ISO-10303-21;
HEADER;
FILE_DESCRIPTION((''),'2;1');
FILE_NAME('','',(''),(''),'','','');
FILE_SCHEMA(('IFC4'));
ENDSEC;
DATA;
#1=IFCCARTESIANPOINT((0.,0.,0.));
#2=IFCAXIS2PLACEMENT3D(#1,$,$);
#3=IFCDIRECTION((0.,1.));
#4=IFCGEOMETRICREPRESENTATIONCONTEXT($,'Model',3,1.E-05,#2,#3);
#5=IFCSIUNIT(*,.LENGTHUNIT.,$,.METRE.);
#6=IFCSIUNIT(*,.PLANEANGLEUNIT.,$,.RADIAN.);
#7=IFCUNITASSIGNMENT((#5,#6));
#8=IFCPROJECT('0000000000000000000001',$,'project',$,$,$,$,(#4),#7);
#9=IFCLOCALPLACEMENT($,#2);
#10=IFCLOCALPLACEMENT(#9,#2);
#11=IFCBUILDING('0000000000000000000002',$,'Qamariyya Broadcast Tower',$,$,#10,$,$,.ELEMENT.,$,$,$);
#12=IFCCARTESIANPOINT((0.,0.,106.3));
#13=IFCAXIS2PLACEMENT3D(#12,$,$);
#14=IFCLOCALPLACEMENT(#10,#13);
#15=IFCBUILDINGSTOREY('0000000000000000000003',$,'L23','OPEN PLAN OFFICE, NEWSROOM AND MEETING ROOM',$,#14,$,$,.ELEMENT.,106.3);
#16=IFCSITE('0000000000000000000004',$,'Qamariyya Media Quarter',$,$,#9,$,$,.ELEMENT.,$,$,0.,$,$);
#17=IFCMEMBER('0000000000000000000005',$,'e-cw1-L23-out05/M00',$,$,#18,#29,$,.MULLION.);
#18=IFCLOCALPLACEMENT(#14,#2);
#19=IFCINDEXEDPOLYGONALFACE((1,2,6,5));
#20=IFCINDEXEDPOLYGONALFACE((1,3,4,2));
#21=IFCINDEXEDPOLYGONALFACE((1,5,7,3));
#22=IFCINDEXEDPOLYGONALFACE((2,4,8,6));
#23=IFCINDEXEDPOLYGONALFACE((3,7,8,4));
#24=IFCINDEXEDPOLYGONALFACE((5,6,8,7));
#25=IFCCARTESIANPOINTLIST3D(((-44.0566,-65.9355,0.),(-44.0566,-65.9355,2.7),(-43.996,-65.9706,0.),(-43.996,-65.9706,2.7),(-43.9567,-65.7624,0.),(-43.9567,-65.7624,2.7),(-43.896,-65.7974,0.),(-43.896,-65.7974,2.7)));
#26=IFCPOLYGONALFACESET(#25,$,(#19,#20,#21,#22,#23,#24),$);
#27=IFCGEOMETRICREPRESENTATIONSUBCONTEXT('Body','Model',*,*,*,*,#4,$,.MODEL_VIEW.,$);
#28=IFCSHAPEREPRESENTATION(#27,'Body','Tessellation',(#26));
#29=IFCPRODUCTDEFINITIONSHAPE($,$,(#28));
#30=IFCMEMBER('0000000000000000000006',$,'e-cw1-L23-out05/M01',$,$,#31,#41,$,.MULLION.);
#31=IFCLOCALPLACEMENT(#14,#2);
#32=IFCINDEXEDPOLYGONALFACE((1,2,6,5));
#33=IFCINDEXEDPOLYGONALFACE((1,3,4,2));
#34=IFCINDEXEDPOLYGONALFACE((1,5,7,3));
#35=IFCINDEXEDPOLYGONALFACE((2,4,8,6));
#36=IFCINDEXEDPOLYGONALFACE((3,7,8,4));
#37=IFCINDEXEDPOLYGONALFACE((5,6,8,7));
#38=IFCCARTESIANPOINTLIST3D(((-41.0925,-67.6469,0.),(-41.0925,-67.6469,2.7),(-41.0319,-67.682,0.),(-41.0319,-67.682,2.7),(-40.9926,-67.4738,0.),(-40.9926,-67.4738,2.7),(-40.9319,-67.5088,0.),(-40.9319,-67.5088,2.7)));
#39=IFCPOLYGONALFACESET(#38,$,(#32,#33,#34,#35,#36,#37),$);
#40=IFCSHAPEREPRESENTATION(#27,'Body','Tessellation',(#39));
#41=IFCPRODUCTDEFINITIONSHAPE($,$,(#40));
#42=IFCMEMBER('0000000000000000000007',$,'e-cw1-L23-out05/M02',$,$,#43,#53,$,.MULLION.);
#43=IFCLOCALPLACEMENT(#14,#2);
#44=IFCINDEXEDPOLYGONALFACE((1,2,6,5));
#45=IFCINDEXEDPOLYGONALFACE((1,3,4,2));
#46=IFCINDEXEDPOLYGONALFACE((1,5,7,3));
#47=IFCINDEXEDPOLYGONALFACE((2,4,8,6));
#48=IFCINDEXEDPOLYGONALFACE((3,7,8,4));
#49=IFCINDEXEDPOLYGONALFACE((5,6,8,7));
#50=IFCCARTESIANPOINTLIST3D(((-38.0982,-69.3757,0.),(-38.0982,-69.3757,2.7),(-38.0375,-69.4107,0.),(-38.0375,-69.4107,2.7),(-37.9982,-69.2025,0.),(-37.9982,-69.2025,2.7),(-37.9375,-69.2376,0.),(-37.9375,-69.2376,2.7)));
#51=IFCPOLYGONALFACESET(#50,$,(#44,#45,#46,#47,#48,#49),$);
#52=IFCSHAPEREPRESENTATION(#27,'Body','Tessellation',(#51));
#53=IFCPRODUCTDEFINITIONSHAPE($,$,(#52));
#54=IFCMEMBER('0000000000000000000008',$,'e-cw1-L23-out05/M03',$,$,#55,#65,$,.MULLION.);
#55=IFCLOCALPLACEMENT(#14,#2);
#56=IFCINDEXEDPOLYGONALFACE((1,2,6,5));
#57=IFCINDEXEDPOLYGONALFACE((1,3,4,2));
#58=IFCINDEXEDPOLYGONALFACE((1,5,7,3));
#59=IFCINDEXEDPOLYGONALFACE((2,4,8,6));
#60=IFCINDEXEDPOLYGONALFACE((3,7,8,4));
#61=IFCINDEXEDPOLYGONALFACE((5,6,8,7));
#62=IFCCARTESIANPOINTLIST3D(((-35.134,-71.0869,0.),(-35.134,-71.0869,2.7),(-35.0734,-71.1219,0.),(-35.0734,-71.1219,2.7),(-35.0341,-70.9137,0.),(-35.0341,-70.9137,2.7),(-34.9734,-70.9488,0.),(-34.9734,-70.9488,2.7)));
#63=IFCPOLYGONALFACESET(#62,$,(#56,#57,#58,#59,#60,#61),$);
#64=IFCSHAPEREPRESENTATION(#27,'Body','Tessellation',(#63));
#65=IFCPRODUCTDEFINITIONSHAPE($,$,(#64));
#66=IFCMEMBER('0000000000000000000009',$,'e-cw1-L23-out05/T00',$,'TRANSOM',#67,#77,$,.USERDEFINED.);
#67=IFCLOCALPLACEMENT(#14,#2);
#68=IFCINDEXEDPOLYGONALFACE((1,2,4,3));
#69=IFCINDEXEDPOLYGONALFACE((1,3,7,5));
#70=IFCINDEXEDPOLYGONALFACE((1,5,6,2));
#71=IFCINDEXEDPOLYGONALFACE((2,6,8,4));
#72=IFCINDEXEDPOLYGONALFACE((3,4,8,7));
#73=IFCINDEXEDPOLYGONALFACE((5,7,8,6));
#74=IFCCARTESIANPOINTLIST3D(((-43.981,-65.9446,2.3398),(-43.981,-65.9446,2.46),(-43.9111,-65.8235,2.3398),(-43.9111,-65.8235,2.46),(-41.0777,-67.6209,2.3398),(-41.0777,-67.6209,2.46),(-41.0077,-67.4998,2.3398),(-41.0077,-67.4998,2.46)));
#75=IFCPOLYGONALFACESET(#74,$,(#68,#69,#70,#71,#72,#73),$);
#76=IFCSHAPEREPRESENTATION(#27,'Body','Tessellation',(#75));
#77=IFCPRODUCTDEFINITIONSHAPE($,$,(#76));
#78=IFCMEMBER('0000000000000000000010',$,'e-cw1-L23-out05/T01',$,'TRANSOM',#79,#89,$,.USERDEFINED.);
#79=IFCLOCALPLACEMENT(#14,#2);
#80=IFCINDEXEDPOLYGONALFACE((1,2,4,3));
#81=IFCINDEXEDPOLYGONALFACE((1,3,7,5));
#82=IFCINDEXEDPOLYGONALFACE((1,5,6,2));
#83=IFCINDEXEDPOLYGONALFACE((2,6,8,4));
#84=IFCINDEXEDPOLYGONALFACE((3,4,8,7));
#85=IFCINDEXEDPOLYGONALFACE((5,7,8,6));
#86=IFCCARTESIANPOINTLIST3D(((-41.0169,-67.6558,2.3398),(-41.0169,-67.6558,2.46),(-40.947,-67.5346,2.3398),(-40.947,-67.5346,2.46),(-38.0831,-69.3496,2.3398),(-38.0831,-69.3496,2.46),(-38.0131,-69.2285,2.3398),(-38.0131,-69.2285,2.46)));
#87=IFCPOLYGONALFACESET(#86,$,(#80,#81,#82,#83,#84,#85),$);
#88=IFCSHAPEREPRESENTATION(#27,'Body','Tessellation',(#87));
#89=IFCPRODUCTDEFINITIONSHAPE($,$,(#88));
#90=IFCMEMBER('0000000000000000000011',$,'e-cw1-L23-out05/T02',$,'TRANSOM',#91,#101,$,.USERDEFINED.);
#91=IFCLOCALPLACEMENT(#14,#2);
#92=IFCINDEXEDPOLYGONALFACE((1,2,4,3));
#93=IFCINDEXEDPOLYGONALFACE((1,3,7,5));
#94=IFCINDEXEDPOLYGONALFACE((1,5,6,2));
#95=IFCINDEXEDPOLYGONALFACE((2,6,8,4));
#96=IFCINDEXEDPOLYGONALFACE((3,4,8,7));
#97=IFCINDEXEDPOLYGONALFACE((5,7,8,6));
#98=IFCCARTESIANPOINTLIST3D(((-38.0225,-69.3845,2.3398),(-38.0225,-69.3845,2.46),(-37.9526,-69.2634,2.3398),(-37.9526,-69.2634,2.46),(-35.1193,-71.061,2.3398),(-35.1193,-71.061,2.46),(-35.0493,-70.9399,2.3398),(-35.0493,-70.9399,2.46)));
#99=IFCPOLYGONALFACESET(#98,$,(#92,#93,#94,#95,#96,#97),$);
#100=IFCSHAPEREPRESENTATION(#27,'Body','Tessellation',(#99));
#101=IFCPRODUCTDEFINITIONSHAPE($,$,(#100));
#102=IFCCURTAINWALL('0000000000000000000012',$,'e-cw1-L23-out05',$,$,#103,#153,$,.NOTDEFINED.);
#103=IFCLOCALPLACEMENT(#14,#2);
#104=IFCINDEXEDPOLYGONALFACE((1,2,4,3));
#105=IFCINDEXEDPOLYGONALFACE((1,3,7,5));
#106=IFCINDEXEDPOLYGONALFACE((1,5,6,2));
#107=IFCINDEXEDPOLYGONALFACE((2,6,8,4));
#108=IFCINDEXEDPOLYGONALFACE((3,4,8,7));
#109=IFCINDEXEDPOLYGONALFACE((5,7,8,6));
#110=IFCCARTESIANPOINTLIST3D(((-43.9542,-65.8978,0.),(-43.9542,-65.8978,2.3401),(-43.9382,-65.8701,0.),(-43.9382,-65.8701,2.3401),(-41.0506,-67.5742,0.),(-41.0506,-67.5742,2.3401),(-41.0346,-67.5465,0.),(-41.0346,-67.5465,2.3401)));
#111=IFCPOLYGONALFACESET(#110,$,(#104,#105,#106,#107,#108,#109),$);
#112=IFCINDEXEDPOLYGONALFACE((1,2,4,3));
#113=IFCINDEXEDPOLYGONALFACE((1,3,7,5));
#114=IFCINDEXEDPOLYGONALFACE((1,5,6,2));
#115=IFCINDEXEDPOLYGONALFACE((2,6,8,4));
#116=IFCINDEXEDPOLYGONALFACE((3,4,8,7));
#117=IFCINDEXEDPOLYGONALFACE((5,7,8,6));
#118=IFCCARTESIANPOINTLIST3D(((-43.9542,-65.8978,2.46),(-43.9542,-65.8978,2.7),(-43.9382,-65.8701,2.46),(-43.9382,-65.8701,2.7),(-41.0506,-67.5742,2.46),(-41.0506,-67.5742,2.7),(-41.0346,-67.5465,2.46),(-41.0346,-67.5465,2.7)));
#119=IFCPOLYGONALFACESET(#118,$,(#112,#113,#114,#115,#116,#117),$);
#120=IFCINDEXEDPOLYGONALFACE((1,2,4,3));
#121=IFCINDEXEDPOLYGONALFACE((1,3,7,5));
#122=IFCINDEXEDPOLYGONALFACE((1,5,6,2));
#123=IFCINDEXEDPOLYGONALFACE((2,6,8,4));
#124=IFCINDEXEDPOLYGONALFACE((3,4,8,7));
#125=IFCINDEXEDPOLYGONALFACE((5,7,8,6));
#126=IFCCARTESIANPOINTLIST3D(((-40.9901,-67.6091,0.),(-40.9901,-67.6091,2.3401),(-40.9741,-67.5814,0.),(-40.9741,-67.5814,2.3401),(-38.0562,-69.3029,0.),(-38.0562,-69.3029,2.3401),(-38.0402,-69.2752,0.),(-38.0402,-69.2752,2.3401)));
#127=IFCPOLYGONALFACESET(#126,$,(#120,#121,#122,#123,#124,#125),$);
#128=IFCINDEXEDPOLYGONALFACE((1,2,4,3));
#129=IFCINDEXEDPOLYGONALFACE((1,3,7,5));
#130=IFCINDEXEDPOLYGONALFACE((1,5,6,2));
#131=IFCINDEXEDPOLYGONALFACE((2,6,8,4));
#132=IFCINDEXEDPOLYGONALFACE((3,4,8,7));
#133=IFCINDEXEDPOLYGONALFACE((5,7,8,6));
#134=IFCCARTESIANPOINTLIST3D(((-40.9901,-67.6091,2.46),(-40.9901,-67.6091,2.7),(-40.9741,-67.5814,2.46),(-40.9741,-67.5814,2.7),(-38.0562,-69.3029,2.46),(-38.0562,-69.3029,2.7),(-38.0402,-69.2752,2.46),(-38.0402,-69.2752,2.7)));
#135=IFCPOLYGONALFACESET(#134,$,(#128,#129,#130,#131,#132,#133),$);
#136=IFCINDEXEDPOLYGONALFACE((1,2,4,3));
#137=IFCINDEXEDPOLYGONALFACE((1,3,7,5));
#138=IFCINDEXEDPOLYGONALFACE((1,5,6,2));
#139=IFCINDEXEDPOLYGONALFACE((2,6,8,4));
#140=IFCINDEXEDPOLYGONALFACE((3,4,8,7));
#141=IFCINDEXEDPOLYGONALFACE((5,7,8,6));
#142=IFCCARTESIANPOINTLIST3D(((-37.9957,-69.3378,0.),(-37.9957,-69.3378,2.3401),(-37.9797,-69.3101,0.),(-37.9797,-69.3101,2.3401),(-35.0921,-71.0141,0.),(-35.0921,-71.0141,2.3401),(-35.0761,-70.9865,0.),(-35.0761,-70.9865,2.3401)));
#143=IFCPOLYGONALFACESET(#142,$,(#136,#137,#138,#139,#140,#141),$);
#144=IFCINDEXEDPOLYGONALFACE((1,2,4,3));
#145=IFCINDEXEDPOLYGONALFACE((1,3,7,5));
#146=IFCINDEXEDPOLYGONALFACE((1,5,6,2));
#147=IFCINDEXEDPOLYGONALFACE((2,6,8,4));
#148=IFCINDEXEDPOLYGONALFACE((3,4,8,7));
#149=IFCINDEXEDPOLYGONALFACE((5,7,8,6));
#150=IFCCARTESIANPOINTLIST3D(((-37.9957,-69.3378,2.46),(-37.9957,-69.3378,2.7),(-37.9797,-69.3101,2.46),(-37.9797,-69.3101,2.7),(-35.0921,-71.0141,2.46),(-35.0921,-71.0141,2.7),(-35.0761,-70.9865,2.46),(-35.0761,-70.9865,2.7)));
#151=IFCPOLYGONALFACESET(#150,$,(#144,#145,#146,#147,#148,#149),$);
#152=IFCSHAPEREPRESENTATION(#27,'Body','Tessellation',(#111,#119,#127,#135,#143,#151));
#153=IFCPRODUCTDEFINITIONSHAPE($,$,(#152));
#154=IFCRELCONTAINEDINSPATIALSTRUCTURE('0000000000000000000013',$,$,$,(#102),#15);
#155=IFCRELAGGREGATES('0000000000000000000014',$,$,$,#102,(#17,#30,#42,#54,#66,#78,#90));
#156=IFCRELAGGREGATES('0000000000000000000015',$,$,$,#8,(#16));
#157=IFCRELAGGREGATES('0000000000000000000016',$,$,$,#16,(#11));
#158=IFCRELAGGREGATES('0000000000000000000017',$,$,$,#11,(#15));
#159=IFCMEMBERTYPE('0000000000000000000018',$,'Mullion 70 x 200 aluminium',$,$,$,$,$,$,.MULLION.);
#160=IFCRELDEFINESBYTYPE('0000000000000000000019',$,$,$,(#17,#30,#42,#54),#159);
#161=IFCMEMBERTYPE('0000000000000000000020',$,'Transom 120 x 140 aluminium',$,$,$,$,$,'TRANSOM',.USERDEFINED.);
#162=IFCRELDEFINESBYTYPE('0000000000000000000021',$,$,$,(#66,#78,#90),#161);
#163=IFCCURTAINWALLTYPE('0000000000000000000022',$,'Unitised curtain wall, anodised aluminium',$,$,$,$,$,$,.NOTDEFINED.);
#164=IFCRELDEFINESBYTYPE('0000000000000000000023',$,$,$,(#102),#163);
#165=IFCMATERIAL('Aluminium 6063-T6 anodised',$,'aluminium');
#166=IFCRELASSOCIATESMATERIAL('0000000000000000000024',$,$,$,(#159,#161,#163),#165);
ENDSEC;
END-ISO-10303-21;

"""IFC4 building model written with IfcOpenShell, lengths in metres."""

from ifc_helpers import new_model, si_unit, direction, frame, origin, origin_2d, place, context, subcontext, project, spatial, rectangle, extrude, material, material_profile, profile_set, type_object, element, aggregate, save


model = new_model("IFC4")

# Units and contexts
model_context = context("Model", 3, precision=1e-05, world=origin(), true_north=direction((0.0, 1.0)))
body_context = subcontext(model_context, "Body", "Model", "MODEL_VIEW")
ifc_project = project(units=[si_unit("LENGTHUNIT", "METRE"), si_unit("PLANEANGLEUNIT", "RADIAN")], contexts=[model_context])

# Members
ifc_material = material(Name="Aluminium 6063-T6 anodised", Category="aluminium")
ifc_material_profile_1 = material_profile(ifc_material, rectangle(XDim=0.2, YDim=0.0701, at=origin_2d()))
ifc_profile_set_1 = profile_set([ifc_material_profile_1], Name="Aluminium 6063-T6 anodised")
member_type_1 = type_object("IfcMemberType", Name="Mullion 70 x 200 aluminium", PredefinedType="MULLION", material=ifc_profile_set_1)
site_placement = place(None, origin())
building_placement = place(site_placement, origin())
storey_placement = place(building_placement, frame((0.0, 0.0, 106.3)))
member_1_placement = place(storey_placement, frame((-43.9763, -65.8665, 0.0), z_axis=(0.0, 0.0, 1.0), x_axis=(0.5, 0.866025, 0.0)))
member_1 = element("IfcMember", 1, at=member_1_placement, type_object=member_type_1, Name="e-cw1-L23-out05/M00", PredefinedType="MULLION", context=body_context, shape_type="SweptSolid", body=[
    extrude(rectangle(XDim=0.2, YDim=0.0701, at=origin_2d()), origin(), (0.0, 0.0, 1.0), 2.7),
])
member_2_placement = place(storey_placement, frame((-41.0122, -67.5779, 0.0), z_axis=(0.0, 0.0, 1.0), x_axis=(0.5, 0.866025, 0.0)))
member_2 = element("IfcMember", 2, at=member_2_placement, type_object=member_type_1, Name="e-cw1-L23-out05/M01", PredefinedType="MULLION", context=body_context, shape_type="SweptSolid", body=[
    extrude(rectangle(XDim=0.2, YDim=0.0701, at=origin_2d()), origin(), (0.0, 0.0, 1.0), 2.7),
])
member_3_placement = place(storey_placement, frame((-38.0178, -69.3066, 0.0), z_axis=(0.0, 0.0, 1.0), x_axis=(0.5, 0.866025, 0.0)))
member_3 = element("IfcMember", 3, at=member_3_placement, type_object=member_type_1, Name="e-cw1-L23-out05/M02", PredefinedType="MULLION", context=body_context, shape_type="SweptSolid", body=[
    extrude(rectangle(XDim=0.2, YDim=0.0701, at=origin_2d()), origin(), (0.0, 0.0, 1.0), 2.7),
])
member_4_placement = place(storey_placement, frame((-35.0537, -71.0178, 0.0), z_axis=(0.0, 0.0, 1.0), x_axis=(0.5, 0.866025, 0.0)))
member_4 = element("IfcMember", 4, at=member_4_placement, type_object=member_type_1, Name="e-cw1-L23-out05/M03", PredefinedType="MULLION", context=body_context, shape_type="SweptSolid", body=[
    extrude(rectangle(XDim=0.2, YDim=0.0701, at=origin_2d()), origin(), (0.0, 0.0, 1.0), 2.7),
])
ifc_material_profile_2 = material_profile(ifc_material, rectangle(XDim=0.1399, YDim=0.1201, at=origin_2d()))
ifc_profile_set_2 = profile_set([ifc_material_profile_2], Name="Aluminium 6063-T6 anodised")
member_type_2 = type_object("IfcMemberType", Name="Transom 120 x 140 aluminium", ElementType="TRANSOM", PredefinedType="USERDEFINED", material=ifc_profile_set_2)
member_5_placement = place(storey_placement, frame((-43.946, -65.884, 2.3999), z_axis=(0.866021, -0.500008, 0.0), x_axis=(0.500008, 0.866021, 0.0)))
member_5 = element("IfcMember", 5, at=member_5_placement, type_object=member_type_2, Name="e-cw1-L23-out05/T00", ObjectType="TRANSOM", PredefinedType="USERDEFINED", context=body_context, shape_type="SweptSolid", body=[
    extrude(rectangle(XDim=0.1399, YDim=0.1201, at=origin_2d()), origin(), (0.0, 0.0, 1.0), 3.3525),
])
member_6_placement = place(storey_placement, frame((-40.9819, -67.5952, 2.3999), z_axis=(0.866026, -0.499999, 0.0), x_axis=(0.499999, 0.866026, 0.0)))
member_6 = element("IfcMember", 6, at=member_6_placement, type_object=member_type_2, Name="e-cw1-L23-out05/T01", ObjectType="TRANSOM", PredefinedType="USERDEFINED", context=body_context, shape_type="SweptSolid", body=[
    extrude(rectangle(XDim=0.1399, YDim=0.1201, at=origin_2d()), origin(), (0.0, 0.0, 1.0), 3.3877),
])
member_7_placement = place(storey_placement, frame((-37.9875, -69.324, 2.3999), z_axis=(0.865989, -0.500063, 0.0), x_axis=(0.500063, 0.865989, 0.0)))
member_7 = element("IfcMember", 7, at=member_7_placement, type_object=member_type_2, Name="e-cw1-L23-out05/T02", ObjectType="TRANSOM", PredefinedType="USERDEFINED", context=body_context, shape_type="SweptSolid", body=[
    extrude(rectangle(XDim=0.1399, YDim=0.1201, at=origin_2d()), origin(), (0.0, 0.0, 1.0), 3.3525),
])

# Site, building, storey
site = spatial("IfcSite", under=ifc_project, at=site_placement, Name="Qamariyya Media Quarter", CompositionType="ELEMENT", RefElevation=0.0)
building = spatial("IfcBuilding", under=site, at=building_placement, Name="Qamariyya Broadcast Tower", CompositionType="ELEMENT")
storey = spatial("IfcBuildingStorey", under=building, at=storey_placement, Name="L23", Description="OPEN PLAN OFFICE, NEWSROOM AND MEETING ROOM", CompositionType="ELEMENT", Elevation=106.3)

# Curtain wall
curtain_wall_type = type_object("IfcCurtainWallType", Name="Unitised curtain wall, anodised aluminium", PredefinedType="NOTDEFINED", material=ifc_material)
curtain_wall_1_placement = place(storey_placement, origin())
curtain_wall_1 = element("IfcCurtainWall", 8, at=curtain_wall_1_placement, inside=storey, type_object=curtain_wall_type, Name="e-cw1-L23-out05", PredefinedType="NOTDEFINED", context=body_context, shape_type="SweptSolid", body=[
    extrude(rectangle(XDim=3.3528, YDim=0.032, at=origin_2d()), frame((-42.4944, -66.7222, 0.0), x_axis=(0.866027, -0.499997, 0.0)), (0.0, 0.0, 1.0), 2.3401),
    extrude(rectangle(XDim=3.3528, YDim=0.032, at=origin_2d()), frame((-42.4944, -66.7222, 2.46), x_axis=(0.866027, -0.499997, 0.0)), (0.0, 0.0, 1.0), 0.24),
    extrude(rectangle(XDim=3.3877, YDim=0.032, at=origin_2d()), frame((-39.5151, -68.4421, 0.0), x_axis=(0.866027, -0.499997, 0.0)), (0.0, 0.0, 1.0), 2.3401),
    extrude(rectangle(XDim=3.3877, YDim=0.032, at=origin_2d()), frame((-39.5151, -68.4421, 2.46), x_axis=(0.866027, -0.499997, 0.0)), (0.0, 0.0, 1.0), 0.24),
    extrude(rectangle(XDim=3.3528, YDim=0.032, at=origin_2d()), frame((-36.5359, -70.1621, 0.0), x_axis=(0.866027, -0.499997, 0.0)), (0.0, 0.0, 1.0), 2.3401),
    extrude(rectangle(XDim=3.3528, YDim=0.032, at=origin_2d()), frame((-36.5359, -70.1621, 2.46), x_axis=(0.866027, -0.499997, 0.0)), (0.0, 0.0, 1.0), 0.24),
])
aggregate(curtain_wall_1, [member_1, member_2, member_3, member_4, member_5, member_6, member_7])

save(model, "model.ifc")
